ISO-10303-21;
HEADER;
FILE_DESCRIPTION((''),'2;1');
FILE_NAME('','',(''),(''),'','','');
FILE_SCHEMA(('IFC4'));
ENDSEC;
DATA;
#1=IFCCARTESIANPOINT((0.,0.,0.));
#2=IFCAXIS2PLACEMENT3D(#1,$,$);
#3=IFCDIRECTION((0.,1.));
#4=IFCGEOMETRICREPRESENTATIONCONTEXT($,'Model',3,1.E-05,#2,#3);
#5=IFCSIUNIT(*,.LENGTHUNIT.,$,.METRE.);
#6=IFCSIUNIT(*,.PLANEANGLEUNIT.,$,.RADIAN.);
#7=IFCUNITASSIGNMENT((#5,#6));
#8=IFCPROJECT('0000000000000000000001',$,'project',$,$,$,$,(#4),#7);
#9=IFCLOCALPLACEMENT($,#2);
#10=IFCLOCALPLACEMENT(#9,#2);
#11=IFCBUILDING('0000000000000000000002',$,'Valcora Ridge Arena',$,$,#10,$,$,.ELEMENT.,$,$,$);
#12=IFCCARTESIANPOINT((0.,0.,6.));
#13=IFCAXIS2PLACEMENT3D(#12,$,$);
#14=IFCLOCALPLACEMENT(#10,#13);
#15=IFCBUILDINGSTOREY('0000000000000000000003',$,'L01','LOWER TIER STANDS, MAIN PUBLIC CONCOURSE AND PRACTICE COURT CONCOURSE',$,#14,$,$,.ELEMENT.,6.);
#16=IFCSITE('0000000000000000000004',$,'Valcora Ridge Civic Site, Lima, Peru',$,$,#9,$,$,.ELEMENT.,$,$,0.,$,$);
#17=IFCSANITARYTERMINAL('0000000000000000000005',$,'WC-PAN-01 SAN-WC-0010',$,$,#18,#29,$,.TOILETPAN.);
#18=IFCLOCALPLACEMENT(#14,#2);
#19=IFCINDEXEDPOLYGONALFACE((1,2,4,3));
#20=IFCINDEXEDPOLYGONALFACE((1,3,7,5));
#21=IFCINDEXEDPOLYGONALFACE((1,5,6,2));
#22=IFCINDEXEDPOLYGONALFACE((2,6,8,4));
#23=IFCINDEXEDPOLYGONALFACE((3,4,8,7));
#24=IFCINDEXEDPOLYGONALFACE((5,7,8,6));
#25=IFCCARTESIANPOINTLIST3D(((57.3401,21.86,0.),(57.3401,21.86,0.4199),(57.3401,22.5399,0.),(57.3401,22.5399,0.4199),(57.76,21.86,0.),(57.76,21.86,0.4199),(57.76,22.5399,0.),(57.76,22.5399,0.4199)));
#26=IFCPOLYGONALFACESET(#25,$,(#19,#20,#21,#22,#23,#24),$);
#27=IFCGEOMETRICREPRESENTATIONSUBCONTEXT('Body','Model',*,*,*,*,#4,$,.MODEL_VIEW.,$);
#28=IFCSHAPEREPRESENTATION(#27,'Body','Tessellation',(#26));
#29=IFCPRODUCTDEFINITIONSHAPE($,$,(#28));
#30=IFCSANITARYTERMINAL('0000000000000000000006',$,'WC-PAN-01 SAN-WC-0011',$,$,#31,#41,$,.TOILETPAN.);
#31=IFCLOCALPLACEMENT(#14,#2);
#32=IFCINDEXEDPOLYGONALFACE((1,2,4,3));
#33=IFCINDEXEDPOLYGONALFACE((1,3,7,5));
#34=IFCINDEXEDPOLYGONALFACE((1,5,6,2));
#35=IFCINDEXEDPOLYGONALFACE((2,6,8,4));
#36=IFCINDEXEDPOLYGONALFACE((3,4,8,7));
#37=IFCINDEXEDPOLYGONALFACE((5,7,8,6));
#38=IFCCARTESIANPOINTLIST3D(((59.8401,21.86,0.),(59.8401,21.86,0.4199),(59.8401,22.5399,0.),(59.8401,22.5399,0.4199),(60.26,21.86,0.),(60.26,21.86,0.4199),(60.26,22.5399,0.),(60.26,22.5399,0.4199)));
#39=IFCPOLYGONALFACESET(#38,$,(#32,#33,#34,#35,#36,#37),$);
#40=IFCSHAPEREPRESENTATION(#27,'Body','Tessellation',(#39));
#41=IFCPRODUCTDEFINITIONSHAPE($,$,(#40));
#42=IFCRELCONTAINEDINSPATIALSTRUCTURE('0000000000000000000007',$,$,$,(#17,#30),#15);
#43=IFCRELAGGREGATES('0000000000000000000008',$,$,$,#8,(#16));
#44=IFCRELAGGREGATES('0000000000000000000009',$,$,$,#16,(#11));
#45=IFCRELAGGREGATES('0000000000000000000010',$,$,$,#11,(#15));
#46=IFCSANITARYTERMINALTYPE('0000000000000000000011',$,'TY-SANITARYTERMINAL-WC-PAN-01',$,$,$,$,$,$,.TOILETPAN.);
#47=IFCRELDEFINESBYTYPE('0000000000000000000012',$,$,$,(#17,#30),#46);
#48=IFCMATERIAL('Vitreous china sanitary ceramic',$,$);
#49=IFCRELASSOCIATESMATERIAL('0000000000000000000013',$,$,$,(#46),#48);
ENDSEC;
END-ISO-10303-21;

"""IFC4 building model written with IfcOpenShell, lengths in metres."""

from ifc_helpers import new_model, si_unit, direction, frame, origin, origin_2d, place, context, subcontext, project, spatial, rectangle, extrude, material, type_object, element, save


model = new_model("IFC4")

# Units and contexts
model_context = context("Model", 3, precision=1e-05, world=origin(), true_north=direction((0.0, 1.0)))
body_context = subcontext(model_context, "Body", "Model", "MODEL_VIEW")
ifc_project = project(units=[si_unit("LENGTHUNIT", "METRE"), si_unit("PLANEANGLEUNIT", "RADIAN")], contexts=[model_context])

# Site, building, storey
site_placement = place(None, origin())
site = spatial("IfcSite", under=ifc_project, at=site_placement, Name="Valcora Ridge Civic Site, Lima, Peru", CompositionType="ELEMENT", RefElevation=0.0)
building_placement = place(site_placement, origin())
building = spatial("IfcBuilding", under=site, at=building_placement, Name="Valcora Ridge Arena", CompositionType="ELEMENT")
storey_placement = place(building_placement, frame((0.0, 0.0, 6.0)))
storey = spatial("IfcBuildingStorey", under=building, at=storey_placement, Name="L01", Description="LOWER TIER STANDS, MAIN PUBLIC CONCOURSE AND PRACTICE COURT CONCOURSE", CompositionType="ELEMENT", Elevation=6.0)

# Sanitary terminals
ifc_material_1 = material(Name="Vitreous china sanitary ceramic")
sanitary_terminal_type_1 = type_object("IfcSanitaryTerminalType", Name="TY-SANITARYTERMINAL-WC-PAN-01", PredefinedType="TOILETPAN", material=ifc_material_1)
for number, where, z_axis, x_axis, name in (
    (1, (57.55, 22.2, 0.0), (0.0, 0.0, 1.0), (1.0, 0.0, 0.0), "WC-PAN-01 SAN-WC-0010"),
    (2, (60.05, 22.2, 0.0), (0.0, 0.0, 1.0), (1.0, 0.0, 0.0), "WC-PAN-01 SAN-WC-0011"),
):
    element("IfcSanitaryTerminal", number, at=place(storey_placement, frame(where, z_axis=z_axis, x_axis=x_axis)), inside=storey, type_object=sanitary_terminal_type_1, Name=name, PredefinedType="TOILETPAN", context=body_context, shape_type="SweptSolid", body=[
        extrude(rectangle(XDim=0.4199, YDim=0.6799, at=origin_2d()), origin(), (0.0, 0.0, 1.0), 0.4199),
    ])

save(model, "model.ifc")
